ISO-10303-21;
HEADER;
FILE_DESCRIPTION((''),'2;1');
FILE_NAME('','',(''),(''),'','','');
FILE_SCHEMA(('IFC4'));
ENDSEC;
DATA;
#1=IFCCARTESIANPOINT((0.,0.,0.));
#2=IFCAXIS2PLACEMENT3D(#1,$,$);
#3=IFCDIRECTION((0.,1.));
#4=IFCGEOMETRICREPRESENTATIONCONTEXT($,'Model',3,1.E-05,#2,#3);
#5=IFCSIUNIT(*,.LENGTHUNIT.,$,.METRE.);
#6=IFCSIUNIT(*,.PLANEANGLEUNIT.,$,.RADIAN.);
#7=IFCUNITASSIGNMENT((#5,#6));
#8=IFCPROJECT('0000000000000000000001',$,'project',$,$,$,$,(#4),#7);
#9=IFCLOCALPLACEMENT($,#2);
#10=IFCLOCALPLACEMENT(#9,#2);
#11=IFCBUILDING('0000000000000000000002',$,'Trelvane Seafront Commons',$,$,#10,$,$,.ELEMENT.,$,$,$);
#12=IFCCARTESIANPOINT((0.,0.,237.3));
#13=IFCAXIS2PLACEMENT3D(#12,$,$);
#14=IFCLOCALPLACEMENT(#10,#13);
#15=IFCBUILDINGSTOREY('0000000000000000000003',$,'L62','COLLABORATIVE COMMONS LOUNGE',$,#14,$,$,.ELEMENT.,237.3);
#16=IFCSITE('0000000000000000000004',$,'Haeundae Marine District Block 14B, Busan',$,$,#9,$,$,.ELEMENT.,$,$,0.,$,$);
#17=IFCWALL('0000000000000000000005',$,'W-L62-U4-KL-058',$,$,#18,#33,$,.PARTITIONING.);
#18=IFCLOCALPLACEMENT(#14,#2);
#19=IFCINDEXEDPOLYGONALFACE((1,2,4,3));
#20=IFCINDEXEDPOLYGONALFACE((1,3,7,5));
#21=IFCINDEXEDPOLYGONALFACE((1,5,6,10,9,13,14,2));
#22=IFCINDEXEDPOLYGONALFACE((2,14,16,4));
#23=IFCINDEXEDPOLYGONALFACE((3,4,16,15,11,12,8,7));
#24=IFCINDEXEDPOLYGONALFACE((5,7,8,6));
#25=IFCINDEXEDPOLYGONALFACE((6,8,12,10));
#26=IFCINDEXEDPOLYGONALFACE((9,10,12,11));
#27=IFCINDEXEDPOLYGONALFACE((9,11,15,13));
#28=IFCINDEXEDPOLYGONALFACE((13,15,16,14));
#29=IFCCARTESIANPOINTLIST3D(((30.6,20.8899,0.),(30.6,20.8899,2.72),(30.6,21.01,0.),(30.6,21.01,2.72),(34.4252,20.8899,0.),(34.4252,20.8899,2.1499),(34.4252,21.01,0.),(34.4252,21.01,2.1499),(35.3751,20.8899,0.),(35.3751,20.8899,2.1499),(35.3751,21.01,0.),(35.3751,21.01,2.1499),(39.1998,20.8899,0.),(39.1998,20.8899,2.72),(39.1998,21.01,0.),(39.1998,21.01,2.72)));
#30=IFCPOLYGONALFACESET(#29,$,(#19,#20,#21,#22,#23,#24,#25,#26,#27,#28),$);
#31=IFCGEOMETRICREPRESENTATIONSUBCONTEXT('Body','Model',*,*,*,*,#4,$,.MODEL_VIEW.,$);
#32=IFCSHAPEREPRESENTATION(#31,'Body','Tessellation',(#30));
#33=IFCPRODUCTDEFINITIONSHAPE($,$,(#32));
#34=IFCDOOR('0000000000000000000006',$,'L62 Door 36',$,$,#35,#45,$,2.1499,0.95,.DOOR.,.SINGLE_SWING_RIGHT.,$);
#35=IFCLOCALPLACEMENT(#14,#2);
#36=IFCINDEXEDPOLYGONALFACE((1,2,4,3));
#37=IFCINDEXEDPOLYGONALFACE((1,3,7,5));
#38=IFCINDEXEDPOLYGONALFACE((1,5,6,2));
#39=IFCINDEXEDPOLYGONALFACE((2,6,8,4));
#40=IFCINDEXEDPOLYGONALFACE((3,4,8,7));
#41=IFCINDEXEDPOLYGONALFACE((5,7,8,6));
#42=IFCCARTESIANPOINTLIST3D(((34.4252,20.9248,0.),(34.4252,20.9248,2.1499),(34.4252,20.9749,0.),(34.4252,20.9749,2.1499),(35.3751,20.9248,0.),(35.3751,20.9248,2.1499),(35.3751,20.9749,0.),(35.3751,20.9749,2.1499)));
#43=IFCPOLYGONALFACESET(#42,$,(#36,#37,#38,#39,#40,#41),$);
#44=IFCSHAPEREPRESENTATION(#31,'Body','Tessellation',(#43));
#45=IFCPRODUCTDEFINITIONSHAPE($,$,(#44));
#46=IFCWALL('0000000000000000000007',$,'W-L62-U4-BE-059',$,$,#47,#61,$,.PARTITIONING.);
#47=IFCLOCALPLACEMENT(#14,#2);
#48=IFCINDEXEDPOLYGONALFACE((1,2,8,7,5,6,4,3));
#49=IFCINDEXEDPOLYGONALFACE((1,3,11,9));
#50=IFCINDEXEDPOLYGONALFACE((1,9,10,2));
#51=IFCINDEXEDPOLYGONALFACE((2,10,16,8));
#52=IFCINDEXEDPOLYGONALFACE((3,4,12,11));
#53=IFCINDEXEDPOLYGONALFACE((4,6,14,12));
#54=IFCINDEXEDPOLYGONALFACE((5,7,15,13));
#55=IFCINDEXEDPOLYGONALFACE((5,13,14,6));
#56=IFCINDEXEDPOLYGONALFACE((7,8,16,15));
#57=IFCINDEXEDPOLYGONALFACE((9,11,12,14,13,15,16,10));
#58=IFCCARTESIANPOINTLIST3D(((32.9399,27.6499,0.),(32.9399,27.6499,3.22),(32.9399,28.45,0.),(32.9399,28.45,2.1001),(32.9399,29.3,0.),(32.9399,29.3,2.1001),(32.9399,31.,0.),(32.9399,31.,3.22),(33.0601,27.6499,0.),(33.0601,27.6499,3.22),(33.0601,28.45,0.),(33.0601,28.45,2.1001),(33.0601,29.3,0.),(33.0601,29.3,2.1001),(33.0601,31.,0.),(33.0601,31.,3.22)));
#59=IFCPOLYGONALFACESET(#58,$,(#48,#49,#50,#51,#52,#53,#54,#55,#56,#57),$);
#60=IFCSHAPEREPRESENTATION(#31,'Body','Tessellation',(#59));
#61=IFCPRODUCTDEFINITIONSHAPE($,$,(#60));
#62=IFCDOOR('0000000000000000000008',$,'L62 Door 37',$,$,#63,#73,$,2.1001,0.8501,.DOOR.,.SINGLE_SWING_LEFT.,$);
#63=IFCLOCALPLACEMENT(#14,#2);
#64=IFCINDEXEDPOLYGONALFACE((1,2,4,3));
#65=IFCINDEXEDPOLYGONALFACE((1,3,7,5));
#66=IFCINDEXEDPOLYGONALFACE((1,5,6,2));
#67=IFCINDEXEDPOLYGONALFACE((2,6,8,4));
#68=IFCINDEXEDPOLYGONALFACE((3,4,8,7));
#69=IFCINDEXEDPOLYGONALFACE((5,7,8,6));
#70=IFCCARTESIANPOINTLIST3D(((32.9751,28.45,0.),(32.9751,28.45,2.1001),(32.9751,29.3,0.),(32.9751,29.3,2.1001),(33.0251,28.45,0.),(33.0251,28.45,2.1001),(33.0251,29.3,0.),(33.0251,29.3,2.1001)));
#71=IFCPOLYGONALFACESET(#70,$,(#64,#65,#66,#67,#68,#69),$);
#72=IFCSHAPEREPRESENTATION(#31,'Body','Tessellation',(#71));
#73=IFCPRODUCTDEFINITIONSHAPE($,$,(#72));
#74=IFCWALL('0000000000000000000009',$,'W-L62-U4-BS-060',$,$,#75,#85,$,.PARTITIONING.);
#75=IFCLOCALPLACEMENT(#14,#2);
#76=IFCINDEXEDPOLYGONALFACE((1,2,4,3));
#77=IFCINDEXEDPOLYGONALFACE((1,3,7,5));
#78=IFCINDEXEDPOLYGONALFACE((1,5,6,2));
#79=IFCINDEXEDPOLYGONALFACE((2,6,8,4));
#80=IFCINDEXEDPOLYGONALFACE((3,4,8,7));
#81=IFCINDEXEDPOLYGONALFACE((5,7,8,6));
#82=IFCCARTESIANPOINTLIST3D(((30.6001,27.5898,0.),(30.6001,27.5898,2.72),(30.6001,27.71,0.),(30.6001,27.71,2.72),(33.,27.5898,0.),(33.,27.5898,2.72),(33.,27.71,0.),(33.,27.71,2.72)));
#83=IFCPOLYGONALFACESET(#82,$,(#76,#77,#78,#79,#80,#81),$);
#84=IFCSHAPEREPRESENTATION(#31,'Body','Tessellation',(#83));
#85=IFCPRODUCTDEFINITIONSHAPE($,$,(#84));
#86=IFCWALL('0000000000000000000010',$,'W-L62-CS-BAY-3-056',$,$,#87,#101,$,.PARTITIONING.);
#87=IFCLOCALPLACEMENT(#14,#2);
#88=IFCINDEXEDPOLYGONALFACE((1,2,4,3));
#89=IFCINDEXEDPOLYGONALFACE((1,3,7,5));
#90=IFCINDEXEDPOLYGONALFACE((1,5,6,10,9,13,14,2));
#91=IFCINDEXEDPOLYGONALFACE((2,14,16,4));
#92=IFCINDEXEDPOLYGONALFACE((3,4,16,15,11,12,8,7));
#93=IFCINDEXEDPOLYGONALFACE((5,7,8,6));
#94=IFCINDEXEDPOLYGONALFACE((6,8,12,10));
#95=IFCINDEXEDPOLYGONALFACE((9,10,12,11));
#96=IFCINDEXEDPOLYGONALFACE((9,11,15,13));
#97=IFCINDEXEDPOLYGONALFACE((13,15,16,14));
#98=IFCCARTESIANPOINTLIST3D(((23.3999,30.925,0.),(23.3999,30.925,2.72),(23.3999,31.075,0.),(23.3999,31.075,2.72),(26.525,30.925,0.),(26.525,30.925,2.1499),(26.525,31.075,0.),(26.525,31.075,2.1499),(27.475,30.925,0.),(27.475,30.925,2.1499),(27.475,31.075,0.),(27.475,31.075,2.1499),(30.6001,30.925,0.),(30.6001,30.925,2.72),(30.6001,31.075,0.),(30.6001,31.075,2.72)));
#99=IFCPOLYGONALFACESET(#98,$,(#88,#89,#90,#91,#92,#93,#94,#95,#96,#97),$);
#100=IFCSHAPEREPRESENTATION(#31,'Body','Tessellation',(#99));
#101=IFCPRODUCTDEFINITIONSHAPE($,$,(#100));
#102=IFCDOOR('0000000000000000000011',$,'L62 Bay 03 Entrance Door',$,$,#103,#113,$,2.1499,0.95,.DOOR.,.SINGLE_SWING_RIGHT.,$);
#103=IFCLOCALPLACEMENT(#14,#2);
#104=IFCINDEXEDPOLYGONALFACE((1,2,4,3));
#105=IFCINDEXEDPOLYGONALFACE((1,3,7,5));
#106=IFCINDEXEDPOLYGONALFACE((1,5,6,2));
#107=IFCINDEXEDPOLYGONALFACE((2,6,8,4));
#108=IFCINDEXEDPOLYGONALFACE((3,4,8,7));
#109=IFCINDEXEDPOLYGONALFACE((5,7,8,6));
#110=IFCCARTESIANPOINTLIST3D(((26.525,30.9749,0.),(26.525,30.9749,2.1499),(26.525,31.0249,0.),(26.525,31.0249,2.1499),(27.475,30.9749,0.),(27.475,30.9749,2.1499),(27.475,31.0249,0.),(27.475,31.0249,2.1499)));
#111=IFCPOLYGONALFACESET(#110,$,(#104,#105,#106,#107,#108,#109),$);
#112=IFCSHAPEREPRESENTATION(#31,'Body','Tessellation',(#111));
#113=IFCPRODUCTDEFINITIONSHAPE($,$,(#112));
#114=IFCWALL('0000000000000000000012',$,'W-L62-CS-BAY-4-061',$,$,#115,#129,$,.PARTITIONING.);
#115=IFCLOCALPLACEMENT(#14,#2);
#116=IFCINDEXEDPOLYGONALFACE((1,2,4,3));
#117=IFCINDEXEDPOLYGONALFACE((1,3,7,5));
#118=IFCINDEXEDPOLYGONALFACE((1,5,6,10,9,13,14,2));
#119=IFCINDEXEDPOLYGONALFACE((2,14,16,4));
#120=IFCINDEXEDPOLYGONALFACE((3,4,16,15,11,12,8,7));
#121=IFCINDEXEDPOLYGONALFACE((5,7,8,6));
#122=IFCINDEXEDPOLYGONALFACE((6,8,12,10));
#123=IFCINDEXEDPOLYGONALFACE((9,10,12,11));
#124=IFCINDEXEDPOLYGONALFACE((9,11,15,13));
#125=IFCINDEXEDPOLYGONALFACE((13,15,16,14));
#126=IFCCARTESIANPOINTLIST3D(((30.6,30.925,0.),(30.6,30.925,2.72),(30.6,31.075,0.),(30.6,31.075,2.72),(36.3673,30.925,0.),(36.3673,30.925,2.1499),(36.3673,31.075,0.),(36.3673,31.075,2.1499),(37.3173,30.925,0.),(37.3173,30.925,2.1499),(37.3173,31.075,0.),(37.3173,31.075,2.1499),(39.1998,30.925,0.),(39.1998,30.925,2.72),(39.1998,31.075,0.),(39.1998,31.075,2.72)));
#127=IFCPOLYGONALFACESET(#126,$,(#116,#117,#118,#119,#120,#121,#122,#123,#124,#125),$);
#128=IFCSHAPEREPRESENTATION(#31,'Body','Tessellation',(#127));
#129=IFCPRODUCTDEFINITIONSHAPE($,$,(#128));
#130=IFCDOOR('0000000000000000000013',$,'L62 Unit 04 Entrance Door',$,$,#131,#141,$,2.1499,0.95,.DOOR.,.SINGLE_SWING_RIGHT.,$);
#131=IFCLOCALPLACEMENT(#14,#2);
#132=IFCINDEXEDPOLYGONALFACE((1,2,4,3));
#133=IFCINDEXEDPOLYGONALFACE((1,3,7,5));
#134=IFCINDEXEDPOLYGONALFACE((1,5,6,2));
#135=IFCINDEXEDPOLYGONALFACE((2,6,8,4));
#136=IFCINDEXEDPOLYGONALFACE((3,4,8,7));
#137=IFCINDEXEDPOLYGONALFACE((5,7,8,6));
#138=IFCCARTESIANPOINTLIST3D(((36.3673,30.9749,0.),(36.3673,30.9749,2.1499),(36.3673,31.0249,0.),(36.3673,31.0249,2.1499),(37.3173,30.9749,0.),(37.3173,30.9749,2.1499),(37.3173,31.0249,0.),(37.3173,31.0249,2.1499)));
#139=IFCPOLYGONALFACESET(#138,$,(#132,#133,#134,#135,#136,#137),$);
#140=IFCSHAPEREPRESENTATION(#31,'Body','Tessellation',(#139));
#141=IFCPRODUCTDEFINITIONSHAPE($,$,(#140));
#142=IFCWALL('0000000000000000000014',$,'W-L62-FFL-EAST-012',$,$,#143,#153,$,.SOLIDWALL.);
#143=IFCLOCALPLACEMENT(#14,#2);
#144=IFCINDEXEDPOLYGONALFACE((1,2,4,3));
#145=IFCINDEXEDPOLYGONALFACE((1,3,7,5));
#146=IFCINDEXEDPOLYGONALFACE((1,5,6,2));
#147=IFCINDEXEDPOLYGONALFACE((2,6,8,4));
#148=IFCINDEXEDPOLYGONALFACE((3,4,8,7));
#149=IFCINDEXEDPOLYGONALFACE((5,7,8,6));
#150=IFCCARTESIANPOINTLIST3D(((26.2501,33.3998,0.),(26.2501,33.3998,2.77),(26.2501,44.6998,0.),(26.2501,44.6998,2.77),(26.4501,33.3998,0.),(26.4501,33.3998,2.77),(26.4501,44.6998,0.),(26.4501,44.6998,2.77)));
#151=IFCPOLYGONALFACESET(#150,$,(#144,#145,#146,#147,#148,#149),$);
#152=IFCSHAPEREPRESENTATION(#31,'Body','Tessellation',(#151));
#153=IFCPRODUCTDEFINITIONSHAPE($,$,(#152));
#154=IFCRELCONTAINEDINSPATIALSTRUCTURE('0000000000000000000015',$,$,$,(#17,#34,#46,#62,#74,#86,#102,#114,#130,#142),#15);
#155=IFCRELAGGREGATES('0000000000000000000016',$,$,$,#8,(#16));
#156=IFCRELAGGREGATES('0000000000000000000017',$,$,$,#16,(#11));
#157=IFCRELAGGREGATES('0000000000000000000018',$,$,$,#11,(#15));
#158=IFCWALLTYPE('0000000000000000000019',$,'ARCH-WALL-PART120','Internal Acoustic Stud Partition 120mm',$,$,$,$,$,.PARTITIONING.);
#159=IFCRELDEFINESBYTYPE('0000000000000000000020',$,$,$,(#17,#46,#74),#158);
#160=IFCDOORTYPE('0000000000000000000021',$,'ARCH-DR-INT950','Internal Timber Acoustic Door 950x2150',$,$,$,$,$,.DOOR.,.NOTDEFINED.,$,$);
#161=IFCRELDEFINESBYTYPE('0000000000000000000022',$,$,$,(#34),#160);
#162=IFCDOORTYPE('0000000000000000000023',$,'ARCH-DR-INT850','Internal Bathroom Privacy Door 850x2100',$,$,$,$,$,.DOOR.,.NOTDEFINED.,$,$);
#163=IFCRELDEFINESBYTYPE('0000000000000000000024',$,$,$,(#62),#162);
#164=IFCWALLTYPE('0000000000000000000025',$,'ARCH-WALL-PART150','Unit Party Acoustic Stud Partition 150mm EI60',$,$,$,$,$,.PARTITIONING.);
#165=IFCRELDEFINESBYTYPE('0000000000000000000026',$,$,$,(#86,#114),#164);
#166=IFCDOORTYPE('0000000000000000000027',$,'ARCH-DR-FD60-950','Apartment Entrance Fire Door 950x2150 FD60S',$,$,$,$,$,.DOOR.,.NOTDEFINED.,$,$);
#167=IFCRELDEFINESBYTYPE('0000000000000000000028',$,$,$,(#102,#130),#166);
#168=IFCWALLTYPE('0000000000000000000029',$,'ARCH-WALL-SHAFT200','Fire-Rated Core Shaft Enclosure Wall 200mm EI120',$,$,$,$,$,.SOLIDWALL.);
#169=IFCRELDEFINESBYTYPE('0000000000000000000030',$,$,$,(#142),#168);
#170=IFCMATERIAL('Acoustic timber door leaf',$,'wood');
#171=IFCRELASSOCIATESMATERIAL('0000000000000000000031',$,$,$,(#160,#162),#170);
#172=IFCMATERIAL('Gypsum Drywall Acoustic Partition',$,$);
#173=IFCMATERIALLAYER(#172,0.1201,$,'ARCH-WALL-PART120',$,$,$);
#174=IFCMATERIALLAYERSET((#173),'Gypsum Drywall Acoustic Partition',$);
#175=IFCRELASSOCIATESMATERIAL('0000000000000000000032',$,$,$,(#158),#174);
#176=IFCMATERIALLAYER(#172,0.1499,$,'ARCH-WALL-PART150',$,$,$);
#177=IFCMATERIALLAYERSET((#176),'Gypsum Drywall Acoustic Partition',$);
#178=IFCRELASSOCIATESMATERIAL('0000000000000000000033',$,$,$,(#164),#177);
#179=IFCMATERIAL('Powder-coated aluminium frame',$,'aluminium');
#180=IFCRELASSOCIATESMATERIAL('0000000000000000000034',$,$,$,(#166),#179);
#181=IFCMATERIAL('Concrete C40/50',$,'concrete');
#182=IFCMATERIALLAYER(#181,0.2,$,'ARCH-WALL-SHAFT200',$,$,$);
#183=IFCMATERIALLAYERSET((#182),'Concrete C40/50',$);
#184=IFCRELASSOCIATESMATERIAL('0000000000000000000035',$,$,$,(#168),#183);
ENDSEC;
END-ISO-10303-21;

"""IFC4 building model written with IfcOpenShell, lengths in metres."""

from ifc_helpers import new_model, si_unit, direction, frame, frame_2d, origin, place, context, subcontext, project, spatial, rectangle, extrude, source, transform, mapped, material, layer, layer_set, type_object, element, fill, save


model = new_model("IFC4")

# Units and contexts
model_context = context("Model", 3, precision=1e-05, world=origin(), true_north=direction((0.0, 1.0)))
body_context = subcontext(model_context, "Body", "Model", "MODEL_VIEW")
ifc_project = project(units=[si_unit("LENGTHUNIT", "METRE"), si_unit("PLANEANGLEUNIT", "RADIAN")], contexts=[model_context])

# Site, building, storey
site_placement = place(None, origin())
site = spatial("IfcSite", under=ifc_project, at=site_placement, Name="Haeundae Marine District Block 14B, Busan", CompositionType="ELEMENT", RefElevation=0.0)
building_placement = place(site_placement, origin())
building = spatial("IfcBuilding", under=site, at=building_placement, Name="Trelvane Seafront Commons", CompositionType="ELEMENT")
storey_placement = place(building_placement, frame((0.0, 0.0, 237.3)))
storey = spatial("IfcBuildingStorey", under=building, at=storey_placement, Name="L62", Description="COLLABORATIVE COMMONS LOUNGE", CompositionType="ELEMENT", Elevation=237.3)

# Walls, openings, doors
ifc_material_1 = material(Name="Concrete C40/50", Category="concrete")
ifc_material_2 = material(Name="Powder-coated aluminium frame", Category="aluminium")
ifc_material_3 = material(Name="Acoustic timber door leaf", Category="wood")
door_type_1 = type_object("IfcDoorType", Name="ARCH-DR-INT950", Description="Internal Timber Acoustic Door 950x2150", OperationType="NOTDEFINED", PredefinedType="DOOR", material=ifc_material_3)
shared_shape_1 = source(origin(), body_context, "Body", "SweptSolid", [
    extrude(rectangle(XDim=0.95, YDim=2.1499, at=frame_2d((0.4751, 1.075))), frame((0.0, 0.0249, 0.0), z_axis=(0.0, -1.0, 0.0), x_axis=(1.0, 0.0, 0.0)), (0.0, 0.0, 1.0), 0.05),
])
ifc_material_4 = material(Name="Gypsum Drywall Acoustic Partition")
ifc_layer_1 = layer(ifc_material_4, 0.1201, Name="ARCH-WALL-PART120")
ifc_layer_set_1 = layer_set([ifc_layer_1], Name="Gypsum Drywall Acoustic Partition")
wall_type_1 = type_object("IfcWallType", Name="ARCH-WALL-PART120", Description="Internal Acoustic Stud Partition 120mm", PredefinedType="PARTITIONING", material=ifc_layer_set_1)
wall_1_placement = place(storey_placement, frame((30.6001, 20.95, 0.0), z_axis=(0.0, 0.0, 1.0), x_axis=(1.0, 0.0, 0.0)))
wall_1 = element("IfcWall", 1, at=wall_1_placement, inside=storey, type_object=wall_type_1, Name="W-L62-U4-KL-058", PredefinedType="PARTITIONING", context=body_context, shape_type="SweptSolid", body=[
    extrude(rectangle(XDim=8.5999, YDim=0.1201, at=frame_2d((4.2998, 0.0))), origin(), (0.0, 0.0, 1.0), 2.72),
])
opening_1_placement = place(wall_1_placement, frame((3.825, 0.0, 0.0)))
opening_1 = element("IfcOpeningElement", 2, at=opening_1_placement, cuts=wall_1, PredefinedType="OPENING", context=body_context, shape_type="SweptSolid", body=[
    extrude(rectangle(XDim=0.95, YDim=2.1499, at=frame_2d((0.4751, 1.075))), frame((0.0, 0.0701, 0.0), z_axis=(0.0, -1.0, 0.0), x_axis=(1.0, 0.0, 0.0)), (0.0, 0.0, 1.0), 0.1401),
])
door_1_placement = place(opening_1_placement, origin())
door_1 = element("IfcDoor", 3, at=door_1_placement, inside=storey, type_object=door_type_1, Name="L62 Door 36", OperationType="SINGLE_SWING_RIGHT", OverallHeight=2.1499, OverallWidth=0.95, PredefinedType="DOOR", context=body_context, shape_type="MappedRepresentation", body=[
    mapped(shared_shape_1, transform((0.0, 0.0, 0.0), x_axis=(1.0, 0.0, 0.0), y_axis=(0.0, 1.0, 0.0), z_axis=(0.0, 0.0, 1.0), scale=1.0)),
])
fill(opening_1, door_1)
wall_2_placement = place(storey_placement, frame((33.0, 27.6499, 0.0), z_axis=(0.0, 0.0, 1.0), x_axis=(0.0, 1.0, 0.0)))
wall_2 = element("IfcWall", 4, at=wall_2_placement, inside=storey, type_object=wall_type_1, Name="W-L62-U4-BE-059", PredefinedType="PARTITIONING", context=body_context, shape_type="SweptSolid", body=[
    extrude(rectangle(XDim=3.3501, YDim=0.1201, at=frame_2d((1.675, 0.0))), origin(), (0.0, 0.0, 1.0), 3.22),
])
opening_2_placement = place(wall_2_placement, frame((0.8, 0.0, 0.0)))
opening_2 = element("IfcOpeningElement", 5, at=opening_2_placement, cuts=wall_2, PredefinedType="OPENING", context=body_context, shape_type="SweptSolid", body=[
    extrude(rectangle(XDim=0.8501, YDim=2.1001, at=frame_2d((0.425, 1.05))), frame((0.0, 0.0701, 0.0), z_axis=(0.0, -1.0, 0.0), x_axis=(1.0, 0.0, 0.0)), (0.0, 0.0, 1.0), 0.1401),
])
door_type_2 = type_object("IfcDoorType", Name="ARCH-DR-INT850", Description="Internal Bathroom Privacy Door 850x2100", OperationType="NOTDEFINED", PredefinedType="DOOR", material=ifc_material_3)
shared_shape_2 = source(origin(), body_context, "Body", "SweptSolid", [
    extrude(rectangle(XDim=0.8501, YDim=2.1001, at=frame_2d((0.425, 1.05))), frame((0.0, 0.0249, 0.0), z_axis=(0.0, -1.0, 0.0), x_axis=(1.0, 0.0, 0.0)), (0.0, 0.0, 1.0), 0.05),
])
door_2_placement = place(opening_2_placement, origin())
door_2 = element("IfcDoor", 6, at=door_2_placement, inside=storey, type_object=door_type_2, Name="L62 Door 37", OperationType="SINGLE_SWING_LEFT", OverallHeight=2.1001, OverallWidth=0.8501, PredefinedType="DOOR", context=body_context, shape_type="MappedRepresentation", body=[
    mapped(shared_shape_2, transform((0.0, 0.0, 0.0), x_axis=(1.0, 0.0, 0.0), y_axis=(0.0, 1.0, 0.0), z_axis=(0.0, 0.0, 1.0), scale=1.0)),
])
fill(opening_2, door_2)

# Wall
wall_3_placement = place(storey_placement, frame((30.6001, 27.6499, 0.0), z_axis=(0.0, 0.0, 1.0), x_axis=(1.0, 0.0, 0.0)))
element("IfcWall", 7, at=wall_3_placement, inside=storey, type_object=wall_type_1, Name="W-L62-U4-BS-060", PredefinedType="PARTITIONING", context=body_context, shape_type="SweptSolid", body=[
    extrude(rectangle(XDim=2.3999, YDim=0.1201, at=frame_2d((1.2, 0.0))), origin(), (0.0, 0.0, 1.0), 2.72),
])

# Walls, openings, doors
ifc_layer_2 = layer(ifc_material_4, 0.1499, Name="ARCH-WALL-PART150")
ifc_layer_set_2 = layer_set([ifc_layer_2], Name="Gypsum Drywall Acoustic Partition")
wall_type_2 = type_object("IfcWallType", Name="ARCH-WALL-PART150", Description="Unit Party Acoustic Stud Partition 150mm EI60", PredefinedType="PARTITIONING", material=ifc_layer_set_2)
wall_4_placement = place(storey_placement, frame((23.3999, 31.0, 0.0), z_axis=(0.0, 0.0, 1.0), x_axis=(1.0, 0.0, 0.0)))
wall_4 = element("IfcWall", 8, at=wall_4_placement, inside=storey, type_object=wall_type_2, Name="W-L62-CS-BAY-3-056", PredefinedType="PARTITIONING", context=body_context, shape_type="SweptSolid", body=[
    extrude(rectangle(XDim=7.2002, YDim=0.1499, at=frame_2d((3.6001, 0.0))), origin(), (0.0, 0.0, 1.0), 2.72),
])
opening_3_placement = place(wall_4_placement, frame((3.125, 0.0, 0.0)))
opening_3 = element("IfcOpeningElement", 9, at=opening_3_placement, cuts=wall_4, PredefinedType="OPENING", context=body_context, shape_type="SweptSolid", body=[
    extrude(rectangle(XDim=0.95, YDim=2.1499, at=frame_2d((0.4751, 1.075))), frame((0.0, 0.085, 0.0), z_axis=(0.0, -1.0, 0.0), x_axis=(1.0, 0.0, 0.0)), (0.0, 0.0, 1.0), 0.1699),
])
door_type_3 = type_object("IfcDoorType", Name="ARCH-DR-FD60-950", Description="Apartment Entrance Fire Door 950x2150 FD60S", OperationType="NOTDEFINED", PredefinedType="DOOR", material=ifc_material_2)
door_3_placement = place(opening_3_placement, origin())
door_3 = element("IfcDoor", 10, at=door_3_placement, inside=storey, type_object=door_type_3, Name="L62 Bay 03 Entrance Door", OperationType="SINGLE_SWING_RIGHT", OverallHeight=2.1499, OverallWidth=0.95, PredefinedType="DOOR", context=body_context, shape_type="MappedRepresentation", body=[
    mapped(shared_shape_1, transform((0.0, 0.0, 0.0), x_axis=(1.0, 0.0, 0.0), y_axis=(0.0, 1.0, 0.0), z_axis=(0.0, 0.0, 1.0), scale=1.0)),
])
fill(opening_3, door_3)
wall_5_placement = place(storey_placement, frame((30.6001, 31.0, 0.0), z_axis=(0.0, 0.0, 1.0), x_axis=(1.0, 0.0, 0.0)))
wall_5 = element("IfcWall", 11, at=wall_5_placement, inside=storey, type_object=wall_type_2, Name="W-L62-CS-BAY-4-061", PredefinedType="PARTITIONING", context=body_context, shape_type="SweptSolid", body=[
    extrude(rectangle(XDim=8.5999, YDim=0.1499, at=frame_2d((4.2998, 0.0))), origin(), (0.0, 0.0, 1.0), 2.72),
])
opening_4_placement = place(wall_5_placement, frame((5.7671, 0.0, 0.0)))
opening_4 = element("IfcOpeningElement", 12, at=opening_4_placement, cuts=wall_5, PredefinedType="OPENING", context=body_context, shape_type="SweptSolid", body=[
    extrude(rectangle(XDim=0.95, YDim=2.1499, at=frame_2d((0.4751, 1.075))), frame((0.0, 0.085, 0.0), z_axis=(0.0, -1.0, 0.0), x_axis=(1.0, 0.0, 0.0)), (0.0, 0.0, 1.0), 0.1699),
])
door_4_placement = place(opening_4_placement, origin())
door_4 = element("IfcDoor", 13, at=door_4_placement, inside=storey, type_object=door_type_3, Name="L62 Unit 04 Entrance Door", OperationType="SINGLE_SWING_RIGHT", OverallHeight=2.1499, OverallWidth=0.95, PredefinedType="DOOR", context=body_context, shape_type="MappedRepresentation", body=[
    mapped(shared_shape_1, transform((0.0, 0.0, 0.0), x_axis=(1.0, 0.0, 0.0), y_axis=(0.0, 1.0, 0.0), z_axis=(0.0, 0.0, 1.0), scale=1.0)),
])
fill(opening_4, door_4)

# Wall
ifc_layer_3 = layer(ifc_material_1, 0.2, Name="ARCH-WALL-SHAFT200")
ifc_layer_set_3 = layer_set([ifc_layer_3], Name="Concrete C40/50")
wall_type_3 = type_object("IfcWallType", Name="ARCH-WALL-SHAFT200", Description="Fire-Rated Core Shaft Enclosure Wall 200mm EI120", PredefinedType="SOLIDWALL", material=ifc_layer_set_3)
wall_6_placement = place(storey_placement, frame((26.3501, 33.3999, 0.0), z_axis=(0.0, 0.0, 1.0), x_axis=(0.0, 1.0, 0.0)))
element("IfcWall", 14, at=wall_6_placement, inside=storey, type_object=wall_type_3, Name="W-L62-FFL-EAST-012", PredefinedType="SOLIDWALL", context=body_context, shape_type="SweptSolid", body=[
    extrude(rectangle(XDim=11.3, YDim=0.2, at=frame_2d((5.6499, 0.0))), origin(), (0.0, 0.0, 1.0), 2.77),
])

save(model, "model.ifc")
